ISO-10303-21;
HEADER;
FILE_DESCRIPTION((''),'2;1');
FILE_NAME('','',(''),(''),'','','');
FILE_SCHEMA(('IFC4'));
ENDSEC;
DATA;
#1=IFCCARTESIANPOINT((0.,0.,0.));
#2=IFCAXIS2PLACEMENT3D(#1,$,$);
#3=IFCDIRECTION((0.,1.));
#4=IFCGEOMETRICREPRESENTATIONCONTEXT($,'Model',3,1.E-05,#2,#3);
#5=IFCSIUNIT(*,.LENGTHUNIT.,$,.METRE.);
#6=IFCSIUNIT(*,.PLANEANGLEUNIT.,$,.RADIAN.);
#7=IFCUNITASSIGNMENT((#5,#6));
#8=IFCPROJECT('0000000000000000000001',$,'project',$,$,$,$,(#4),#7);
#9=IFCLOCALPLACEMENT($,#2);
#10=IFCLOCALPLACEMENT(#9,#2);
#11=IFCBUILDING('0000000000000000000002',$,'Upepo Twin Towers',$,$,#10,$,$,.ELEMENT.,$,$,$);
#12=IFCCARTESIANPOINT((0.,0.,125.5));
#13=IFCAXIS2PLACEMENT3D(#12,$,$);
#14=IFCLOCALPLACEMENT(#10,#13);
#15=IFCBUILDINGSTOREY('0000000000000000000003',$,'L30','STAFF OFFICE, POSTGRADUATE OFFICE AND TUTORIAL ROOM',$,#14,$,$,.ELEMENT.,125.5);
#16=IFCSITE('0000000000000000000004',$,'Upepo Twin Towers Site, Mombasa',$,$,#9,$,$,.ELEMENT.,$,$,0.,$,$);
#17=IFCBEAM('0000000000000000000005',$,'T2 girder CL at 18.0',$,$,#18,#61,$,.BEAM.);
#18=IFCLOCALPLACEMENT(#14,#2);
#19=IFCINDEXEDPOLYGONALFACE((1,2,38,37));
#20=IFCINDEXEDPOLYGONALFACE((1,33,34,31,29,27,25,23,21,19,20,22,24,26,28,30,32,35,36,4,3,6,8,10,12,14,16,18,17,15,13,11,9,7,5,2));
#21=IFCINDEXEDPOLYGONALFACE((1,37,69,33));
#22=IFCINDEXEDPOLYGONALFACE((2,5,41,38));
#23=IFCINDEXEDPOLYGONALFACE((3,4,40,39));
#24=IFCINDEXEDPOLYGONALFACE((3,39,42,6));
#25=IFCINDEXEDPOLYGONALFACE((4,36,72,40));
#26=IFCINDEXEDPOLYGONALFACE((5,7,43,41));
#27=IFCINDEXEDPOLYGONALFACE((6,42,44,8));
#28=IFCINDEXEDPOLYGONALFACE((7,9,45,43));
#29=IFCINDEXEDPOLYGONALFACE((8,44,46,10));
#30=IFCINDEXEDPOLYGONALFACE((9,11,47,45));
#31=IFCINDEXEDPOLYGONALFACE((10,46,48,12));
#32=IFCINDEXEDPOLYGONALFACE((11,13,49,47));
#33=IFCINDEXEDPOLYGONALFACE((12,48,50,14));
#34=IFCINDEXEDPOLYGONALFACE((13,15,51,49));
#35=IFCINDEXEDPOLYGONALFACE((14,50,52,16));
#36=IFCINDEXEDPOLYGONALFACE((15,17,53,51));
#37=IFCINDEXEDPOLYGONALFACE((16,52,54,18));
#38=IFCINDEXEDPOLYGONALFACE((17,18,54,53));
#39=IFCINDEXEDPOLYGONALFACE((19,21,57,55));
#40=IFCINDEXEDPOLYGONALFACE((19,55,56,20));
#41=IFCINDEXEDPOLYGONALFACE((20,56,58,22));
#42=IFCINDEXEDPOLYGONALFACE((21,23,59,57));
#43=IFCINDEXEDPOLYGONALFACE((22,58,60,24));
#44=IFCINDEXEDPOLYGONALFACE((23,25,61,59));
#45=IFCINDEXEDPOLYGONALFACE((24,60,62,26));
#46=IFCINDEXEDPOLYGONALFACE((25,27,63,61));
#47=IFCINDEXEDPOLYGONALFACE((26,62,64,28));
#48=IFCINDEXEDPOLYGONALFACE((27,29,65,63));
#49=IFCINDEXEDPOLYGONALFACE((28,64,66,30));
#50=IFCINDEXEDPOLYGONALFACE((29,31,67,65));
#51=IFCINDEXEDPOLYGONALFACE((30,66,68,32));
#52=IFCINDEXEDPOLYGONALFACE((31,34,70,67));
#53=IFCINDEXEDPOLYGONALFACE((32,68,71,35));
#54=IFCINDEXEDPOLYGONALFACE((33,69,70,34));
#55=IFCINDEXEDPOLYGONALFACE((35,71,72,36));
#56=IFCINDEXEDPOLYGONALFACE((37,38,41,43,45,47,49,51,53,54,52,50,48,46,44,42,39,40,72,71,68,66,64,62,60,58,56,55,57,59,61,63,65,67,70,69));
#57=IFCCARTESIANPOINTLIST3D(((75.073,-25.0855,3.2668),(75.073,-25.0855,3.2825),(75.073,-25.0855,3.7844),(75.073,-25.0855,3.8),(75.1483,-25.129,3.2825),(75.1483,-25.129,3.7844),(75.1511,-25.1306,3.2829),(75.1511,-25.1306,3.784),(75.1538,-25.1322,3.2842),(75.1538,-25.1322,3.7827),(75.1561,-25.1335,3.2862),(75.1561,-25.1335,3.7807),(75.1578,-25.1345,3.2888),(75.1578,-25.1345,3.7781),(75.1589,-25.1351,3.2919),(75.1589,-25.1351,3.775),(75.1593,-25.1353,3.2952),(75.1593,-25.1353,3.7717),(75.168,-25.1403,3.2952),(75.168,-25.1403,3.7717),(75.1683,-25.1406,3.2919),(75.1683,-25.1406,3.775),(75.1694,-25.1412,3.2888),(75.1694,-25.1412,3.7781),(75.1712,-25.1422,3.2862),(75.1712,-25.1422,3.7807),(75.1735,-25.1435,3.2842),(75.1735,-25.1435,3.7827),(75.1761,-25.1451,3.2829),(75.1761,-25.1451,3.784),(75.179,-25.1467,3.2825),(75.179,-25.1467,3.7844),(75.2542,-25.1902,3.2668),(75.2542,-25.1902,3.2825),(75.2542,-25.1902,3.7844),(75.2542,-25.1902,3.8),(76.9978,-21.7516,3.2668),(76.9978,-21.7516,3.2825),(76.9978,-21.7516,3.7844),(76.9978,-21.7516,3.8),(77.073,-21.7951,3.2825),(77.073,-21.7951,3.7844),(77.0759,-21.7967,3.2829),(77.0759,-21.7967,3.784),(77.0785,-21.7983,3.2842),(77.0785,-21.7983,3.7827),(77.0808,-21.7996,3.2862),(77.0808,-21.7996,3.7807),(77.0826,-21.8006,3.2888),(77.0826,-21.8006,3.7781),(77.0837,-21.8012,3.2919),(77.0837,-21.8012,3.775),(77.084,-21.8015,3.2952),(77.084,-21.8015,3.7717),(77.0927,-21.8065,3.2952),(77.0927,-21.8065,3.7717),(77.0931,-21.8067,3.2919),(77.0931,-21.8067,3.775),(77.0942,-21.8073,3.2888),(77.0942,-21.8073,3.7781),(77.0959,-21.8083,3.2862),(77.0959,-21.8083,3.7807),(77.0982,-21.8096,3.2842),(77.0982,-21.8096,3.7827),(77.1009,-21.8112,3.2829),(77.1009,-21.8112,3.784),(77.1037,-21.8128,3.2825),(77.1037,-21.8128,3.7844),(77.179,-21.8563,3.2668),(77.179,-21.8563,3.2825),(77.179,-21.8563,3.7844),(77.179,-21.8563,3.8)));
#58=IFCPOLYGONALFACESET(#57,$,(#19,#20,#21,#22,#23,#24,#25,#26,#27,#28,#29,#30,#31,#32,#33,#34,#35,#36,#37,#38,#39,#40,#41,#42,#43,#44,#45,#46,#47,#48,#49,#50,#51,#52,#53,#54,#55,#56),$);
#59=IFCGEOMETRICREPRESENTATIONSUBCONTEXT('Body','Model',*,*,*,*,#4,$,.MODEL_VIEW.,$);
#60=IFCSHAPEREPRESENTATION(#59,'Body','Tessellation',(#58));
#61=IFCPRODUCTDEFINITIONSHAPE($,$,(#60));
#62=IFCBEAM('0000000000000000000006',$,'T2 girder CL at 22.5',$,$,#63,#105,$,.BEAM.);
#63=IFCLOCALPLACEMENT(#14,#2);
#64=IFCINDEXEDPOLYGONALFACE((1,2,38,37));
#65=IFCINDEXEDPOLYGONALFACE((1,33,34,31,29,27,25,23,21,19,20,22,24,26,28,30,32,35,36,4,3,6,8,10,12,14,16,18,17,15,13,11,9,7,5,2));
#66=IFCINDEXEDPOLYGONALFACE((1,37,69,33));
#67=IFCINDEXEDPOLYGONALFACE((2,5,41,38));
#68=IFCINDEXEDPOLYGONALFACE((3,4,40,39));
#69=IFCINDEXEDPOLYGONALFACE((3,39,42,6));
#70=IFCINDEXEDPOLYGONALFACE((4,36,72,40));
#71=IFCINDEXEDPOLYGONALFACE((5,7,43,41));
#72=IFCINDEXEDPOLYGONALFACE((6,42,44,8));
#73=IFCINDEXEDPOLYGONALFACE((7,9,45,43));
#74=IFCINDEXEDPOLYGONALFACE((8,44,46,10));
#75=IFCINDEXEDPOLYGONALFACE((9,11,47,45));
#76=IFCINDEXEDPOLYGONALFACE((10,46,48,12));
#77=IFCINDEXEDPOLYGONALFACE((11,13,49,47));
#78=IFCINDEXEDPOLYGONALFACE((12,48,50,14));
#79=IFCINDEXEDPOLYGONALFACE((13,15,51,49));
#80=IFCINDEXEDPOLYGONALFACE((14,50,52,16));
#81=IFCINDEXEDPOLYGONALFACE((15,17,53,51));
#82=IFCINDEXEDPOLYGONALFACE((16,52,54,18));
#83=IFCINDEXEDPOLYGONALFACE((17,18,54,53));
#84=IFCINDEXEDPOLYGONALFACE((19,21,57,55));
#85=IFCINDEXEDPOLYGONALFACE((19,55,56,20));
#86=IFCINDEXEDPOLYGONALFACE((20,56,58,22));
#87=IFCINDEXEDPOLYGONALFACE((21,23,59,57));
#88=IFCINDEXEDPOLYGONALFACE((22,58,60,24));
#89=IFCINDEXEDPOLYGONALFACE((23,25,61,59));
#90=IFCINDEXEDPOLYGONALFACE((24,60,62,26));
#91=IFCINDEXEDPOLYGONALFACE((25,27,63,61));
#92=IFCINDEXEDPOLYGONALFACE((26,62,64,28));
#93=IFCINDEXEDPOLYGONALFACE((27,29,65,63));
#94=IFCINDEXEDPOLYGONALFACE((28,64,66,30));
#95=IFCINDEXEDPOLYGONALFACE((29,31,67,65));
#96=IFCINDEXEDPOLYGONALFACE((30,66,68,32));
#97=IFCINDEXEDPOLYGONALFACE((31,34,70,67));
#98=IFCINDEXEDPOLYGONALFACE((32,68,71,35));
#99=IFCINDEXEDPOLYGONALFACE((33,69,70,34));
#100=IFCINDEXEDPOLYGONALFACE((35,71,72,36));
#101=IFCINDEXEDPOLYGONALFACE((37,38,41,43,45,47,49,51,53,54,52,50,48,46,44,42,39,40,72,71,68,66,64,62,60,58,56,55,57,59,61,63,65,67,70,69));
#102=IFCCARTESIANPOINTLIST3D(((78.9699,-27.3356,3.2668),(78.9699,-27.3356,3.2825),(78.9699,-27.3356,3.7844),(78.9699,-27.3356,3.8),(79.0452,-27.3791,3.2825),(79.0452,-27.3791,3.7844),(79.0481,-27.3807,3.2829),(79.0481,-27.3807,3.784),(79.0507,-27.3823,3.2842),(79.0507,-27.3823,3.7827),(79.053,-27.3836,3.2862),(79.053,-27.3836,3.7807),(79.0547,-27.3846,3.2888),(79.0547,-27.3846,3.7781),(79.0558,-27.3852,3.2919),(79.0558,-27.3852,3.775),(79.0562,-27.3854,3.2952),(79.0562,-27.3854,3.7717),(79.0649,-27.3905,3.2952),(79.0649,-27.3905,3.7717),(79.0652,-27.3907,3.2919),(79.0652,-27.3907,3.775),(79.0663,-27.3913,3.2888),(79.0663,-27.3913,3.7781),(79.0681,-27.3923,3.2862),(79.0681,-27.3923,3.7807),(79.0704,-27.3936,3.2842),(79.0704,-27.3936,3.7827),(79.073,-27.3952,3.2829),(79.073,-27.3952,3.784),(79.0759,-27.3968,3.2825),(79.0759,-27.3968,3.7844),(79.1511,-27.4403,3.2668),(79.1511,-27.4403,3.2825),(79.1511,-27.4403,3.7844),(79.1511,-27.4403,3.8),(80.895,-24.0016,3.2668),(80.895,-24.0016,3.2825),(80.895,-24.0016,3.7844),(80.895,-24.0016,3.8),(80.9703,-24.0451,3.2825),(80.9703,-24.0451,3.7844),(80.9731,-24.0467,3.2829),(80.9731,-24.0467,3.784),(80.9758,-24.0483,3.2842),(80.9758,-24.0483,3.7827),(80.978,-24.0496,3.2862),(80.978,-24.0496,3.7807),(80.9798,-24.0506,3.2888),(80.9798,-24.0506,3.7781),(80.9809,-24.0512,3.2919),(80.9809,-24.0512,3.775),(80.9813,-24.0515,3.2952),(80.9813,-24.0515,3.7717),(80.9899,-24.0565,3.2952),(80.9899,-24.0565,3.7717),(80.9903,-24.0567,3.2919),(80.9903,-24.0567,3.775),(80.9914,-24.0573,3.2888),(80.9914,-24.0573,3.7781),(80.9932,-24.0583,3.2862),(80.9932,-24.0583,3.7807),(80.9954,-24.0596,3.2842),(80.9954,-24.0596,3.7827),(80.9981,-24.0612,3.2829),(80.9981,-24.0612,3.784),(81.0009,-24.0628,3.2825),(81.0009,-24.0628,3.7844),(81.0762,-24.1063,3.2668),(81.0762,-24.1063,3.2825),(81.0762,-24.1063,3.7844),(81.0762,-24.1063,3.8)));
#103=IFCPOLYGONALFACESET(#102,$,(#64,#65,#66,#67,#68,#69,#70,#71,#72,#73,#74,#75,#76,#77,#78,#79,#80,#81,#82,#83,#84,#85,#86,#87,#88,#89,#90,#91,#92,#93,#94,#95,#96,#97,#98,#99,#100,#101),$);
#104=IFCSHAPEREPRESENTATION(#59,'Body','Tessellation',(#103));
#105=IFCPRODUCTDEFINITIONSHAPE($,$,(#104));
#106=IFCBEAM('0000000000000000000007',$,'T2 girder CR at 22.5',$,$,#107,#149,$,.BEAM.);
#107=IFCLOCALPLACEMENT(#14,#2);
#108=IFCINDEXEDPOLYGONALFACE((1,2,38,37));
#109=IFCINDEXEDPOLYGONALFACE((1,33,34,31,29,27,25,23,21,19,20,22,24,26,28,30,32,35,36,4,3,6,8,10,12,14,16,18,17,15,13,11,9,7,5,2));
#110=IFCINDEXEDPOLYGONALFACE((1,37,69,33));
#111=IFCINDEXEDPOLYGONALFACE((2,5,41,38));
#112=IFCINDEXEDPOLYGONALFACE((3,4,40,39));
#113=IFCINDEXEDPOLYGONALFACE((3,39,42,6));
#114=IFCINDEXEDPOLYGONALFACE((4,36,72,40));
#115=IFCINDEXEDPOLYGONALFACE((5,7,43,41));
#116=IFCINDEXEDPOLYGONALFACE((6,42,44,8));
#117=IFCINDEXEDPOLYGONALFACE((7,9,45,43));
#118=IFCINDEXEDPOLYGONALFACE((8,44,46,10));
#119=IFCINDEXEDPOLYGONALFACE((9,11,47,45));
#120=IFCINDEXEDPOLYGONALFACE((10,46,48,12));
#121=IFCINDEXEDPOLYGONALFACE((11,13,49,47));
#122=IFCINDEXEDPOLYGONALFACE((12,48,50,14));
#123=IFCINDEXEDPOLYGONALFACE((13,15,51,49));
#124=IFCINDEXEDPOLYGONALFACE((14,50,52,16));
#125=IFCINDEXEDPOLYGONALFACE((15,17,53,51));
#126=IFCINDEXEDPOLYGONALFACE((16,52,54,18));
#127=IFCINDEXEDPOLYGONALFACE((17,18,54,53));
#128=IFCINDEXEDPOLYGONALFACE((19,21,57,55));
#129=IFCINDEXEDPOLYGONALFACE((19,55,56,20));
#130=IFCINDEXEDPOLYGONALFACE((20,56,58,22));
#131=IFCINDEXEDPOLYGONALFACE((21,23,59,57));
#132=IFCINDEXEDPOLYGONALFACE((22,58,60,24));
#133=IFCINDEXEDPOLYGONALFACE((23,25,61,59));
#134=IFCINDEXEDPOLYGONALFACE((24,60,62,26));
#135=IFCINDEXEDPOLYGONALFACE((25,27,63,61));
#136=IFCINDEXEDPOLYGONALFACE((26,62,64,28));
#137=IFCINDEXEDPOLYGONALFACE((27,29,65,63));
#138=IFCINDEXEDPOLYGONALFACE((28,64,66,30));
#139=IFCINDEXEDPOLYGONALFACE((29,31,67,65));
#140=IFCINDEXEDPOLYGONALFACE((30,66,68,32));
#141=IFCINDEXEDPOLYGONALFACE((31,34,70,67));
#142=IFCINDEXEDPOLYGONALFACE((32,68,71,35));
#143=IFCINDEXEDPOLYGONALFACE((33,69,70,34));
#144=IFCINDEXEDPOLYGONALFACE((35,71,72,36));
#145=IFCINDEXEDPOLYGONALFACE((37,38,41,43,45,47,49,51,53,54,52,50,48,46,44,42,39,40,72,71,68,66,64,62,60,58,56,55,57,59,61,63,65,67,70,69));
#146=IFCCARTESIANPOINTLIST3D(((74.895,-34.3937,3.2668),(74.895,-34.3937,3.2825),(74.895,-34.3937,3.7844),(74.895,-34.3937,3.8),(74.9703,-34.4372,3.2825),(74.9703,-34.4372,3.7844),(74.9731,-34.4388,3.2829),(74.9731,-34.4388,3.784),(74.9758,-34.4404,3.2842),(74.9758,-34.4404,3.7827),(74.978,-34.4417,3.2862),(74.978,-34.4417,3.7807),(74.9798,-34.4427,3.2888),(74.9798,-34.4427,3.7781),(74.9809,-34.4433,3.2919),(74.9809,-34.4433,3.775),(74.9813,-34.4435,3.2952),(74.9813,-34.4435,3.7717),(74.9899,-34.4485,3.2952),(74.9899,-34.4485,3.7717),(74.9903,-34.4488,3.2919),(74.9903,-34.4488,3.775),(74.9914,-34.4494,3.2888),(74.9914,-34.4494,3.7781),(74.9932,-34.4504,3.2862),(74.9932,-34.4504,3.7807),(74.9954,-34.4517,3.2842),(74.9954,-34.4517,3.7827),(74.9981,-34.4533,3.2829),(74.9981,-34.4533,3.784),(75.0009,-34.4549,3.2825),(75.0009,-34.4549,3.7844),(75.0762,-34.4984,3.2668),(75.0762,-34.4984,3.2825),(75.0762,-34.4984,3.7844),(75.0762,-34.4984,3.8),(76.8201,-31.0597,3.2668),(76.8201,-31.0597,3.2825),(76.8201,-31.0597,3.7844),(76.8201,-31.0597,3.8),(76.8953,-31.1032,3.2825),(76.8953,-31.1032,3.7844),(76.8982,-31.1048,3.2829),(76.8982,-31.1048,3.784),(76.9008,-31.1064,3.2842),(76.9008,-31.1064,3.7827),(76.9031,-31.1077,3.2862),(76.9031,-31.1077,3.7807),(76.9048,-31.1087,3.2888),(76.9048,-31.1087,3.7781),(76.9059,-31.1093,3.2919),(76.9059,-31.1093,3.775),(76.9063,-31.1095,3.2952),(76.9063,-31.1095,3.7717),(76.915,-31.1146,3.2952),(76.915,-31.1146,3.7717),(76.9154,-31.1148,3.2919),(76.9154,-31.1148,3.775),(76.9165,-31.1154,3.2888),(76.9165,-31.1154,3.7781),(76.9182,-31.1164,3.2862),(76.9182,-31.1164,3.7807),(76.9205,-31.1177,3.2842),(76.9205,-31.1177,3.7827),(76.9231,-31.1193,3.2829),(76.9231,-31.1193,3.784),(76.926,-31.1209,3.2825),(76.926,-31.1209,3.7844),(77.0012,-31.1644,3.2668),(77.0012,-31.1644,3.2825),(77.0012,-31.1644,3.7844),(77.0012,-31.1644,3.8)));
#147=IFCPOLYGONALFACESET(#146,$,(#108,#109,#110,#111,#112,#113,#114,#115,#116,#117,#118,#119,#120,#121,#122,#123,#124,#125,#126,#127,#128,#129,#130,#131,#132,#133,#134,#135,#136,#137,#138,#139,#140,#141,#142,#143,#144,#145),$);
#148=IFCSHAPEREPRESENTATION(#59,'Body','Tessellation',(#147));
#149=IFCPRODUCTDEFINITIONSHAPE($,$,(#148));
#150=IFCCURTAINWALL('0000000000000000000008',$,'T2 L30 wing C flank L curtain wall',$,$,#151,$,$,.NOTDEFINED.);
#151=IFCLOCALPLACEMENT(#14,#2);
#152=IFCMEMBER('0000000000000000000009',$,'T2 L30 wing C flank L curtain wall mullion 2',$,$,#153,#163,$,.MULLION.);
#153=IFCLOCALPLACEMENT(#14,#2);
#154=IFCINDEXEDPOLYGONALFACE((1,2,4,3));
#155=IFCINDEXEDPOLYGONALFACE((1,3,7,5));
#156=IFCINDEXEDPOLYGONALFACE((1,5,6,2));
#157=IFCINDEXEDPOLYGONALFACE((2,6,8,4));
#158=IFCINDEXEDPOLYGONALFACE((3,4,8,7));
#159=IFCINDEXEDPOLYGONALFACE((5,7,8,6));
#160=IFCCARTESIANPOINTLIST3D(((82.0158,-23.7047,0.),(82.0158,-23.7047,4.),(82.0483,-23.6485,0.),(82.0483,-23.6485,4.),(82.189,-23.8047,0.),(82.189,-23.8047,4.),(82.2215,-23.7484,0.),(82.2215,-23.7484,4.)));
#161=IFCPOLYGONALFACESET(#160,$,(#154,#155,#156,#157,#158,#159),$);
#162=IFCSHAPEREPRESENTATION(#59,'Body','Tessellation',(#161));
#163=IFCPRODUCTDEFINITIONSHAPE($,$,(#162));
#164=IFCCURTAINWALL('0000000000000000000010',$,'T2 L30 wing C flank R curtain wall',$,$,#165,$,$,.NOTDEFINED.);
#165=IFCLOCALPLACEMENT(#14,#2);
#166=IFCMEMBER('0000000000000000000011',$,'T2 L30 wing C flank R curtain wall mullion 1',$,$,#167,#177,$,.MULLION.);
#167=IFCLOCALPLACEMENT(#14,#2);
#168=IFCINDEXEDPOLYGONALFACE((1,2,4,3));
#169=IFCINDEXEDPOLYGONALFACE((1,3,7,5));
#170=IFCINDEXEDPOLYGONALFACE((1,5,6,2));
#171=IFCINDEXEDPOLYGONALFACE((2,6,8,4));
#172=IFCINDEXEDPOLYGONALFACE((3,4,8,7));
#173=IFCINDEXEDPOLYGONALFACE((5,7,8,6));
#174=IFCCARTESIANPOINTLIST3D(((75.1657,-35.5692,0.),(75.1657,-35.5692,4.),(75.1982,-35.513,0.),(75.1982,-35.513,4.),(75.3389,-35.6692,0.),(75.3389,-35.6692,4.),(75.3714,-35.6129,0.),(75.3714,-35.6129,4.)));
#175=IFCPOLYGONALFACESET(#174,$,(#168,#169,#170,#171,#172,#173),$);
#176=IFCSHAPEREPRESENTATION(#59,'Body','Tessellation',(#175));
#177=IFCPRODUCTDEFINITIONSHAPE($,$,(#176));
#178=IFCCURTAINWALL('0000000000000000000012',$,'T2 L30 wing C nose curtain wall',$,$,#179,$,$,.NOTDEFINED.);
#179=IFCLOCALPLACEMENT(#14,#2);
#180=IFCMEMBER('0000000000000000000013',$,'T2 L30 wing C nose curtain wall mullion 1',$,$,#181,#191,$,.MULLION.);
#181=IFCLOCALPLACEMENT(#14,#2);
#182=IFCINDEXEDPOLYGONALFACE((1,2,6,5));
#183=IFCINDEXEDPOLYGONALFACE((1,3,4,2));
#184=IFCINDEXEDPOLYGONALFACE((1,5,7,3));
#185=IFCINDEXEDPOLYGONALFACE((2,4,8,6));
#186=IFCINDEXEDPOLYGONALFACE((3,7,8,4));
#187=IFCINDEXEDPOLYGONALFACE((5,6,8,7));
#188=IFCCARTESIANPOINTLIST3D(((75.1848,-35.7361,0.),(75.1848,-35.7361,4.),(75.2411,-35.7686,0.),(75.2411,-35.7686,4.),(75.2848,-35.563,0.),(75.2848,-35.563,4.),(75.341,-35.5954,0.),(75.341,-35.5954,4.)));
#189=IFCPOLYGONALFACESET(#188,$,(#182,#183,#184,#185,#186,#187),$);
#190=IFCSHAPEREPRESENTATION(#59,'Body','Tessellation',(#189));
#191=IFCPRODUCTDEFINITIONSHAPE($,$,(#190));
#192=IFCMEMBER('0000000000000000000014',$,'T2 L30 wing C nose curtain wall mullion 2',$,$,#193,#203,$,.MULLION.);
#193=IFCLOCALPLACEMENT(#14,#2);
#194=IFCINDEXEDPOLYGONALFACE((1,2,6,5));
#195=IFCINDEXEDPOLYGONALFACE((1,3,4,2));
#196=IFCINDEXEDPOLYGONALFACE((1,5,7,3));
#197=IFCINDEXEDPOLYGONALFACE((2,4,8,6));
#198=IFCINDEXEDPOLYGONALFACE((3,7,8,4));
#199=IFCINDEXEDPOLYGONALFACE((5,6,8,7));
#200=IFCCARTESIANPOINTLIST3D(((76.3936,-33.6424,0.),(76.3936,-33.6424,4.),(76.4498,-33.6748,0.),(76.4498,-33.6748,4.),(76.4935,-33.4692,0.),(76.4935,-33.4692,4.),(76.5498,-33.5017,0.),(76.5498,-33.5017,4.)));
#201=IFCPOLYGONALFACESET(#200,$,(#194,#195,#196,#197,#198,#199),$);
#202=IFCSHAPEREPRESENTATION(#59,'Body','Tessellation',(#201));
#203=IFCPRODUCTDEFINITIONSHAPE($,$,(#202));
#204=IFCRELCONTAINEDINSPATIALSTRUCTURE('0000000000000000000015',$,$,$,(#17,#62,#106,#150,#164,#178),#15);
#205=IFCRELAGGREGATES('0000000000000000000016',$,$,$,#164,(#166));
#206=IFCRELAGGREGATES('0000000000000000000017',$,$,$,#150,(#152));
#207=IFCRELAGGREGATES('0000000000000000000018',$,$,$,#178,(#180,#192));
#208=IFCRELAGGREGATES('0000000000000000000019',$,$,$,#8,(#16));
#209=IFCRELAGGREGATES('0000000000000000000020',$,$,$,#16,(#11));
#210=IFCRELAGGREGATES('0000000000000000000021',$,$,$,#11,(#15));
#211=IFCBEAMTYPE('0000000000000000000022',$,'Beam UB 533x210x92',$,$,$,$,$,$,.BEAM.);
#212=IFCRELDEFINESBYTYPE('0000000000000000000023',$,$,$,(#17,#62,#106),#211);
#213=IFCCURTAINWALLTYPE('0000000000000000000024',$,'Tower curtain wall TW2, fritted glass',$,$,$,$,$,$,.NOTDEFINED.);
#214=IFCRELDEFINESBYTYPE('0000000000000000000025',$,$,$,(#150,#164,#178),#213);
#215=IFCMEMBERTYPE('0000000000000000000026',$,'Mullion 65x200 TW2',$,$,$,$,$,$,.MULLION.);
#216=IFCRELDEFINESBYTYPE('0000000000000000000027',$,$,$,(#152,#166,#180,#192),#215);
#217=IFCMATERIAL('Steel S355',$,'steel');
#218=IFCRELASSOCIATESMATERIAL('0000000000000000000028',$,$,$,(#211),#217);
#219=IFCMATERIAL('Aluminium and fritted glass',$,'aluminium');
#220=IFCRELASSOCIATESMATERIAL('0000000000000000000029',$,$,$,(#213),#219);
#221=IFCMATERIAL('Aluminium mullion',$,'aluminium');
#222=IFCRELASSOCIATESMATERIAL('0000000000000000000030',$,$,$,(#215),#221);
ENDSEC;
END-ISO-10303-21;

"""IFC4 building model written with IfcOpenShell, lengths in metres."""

from ifc_helpers import new_model, si_unit, direction, frame, origin, origin_2d, place, context, subcontext, project, spatial, rectangle, i_section, extrude, material, material_profile, profile_set, type_object, element, aggregate, save


model = new_model("IFC4")

# Units and contexts
model_context = context("Model", 3, precision=1e-05, world=origin(), true_north=direction((0.0, 1.0)))
body_context = subcontext(model_context, "Body", "Model", "MODEL_VIEW")
ifc_project = project(units=[si_unit("LENGTHUNIT", "METRE"), si_unit("PLANEANGLEUNIT", "RADIAN")], contexts=[model_context])

# Site, building, storey
site_placement = place(None, origin())
site = spatial("IfcSite", under=ifc_project, at=site_placement, Name="Upepo Twin Towers Site, Mombasa", CompositionType="ELEMENT", RefElevation=0.0)
building_placement = place(site_placement, origin())
building = spatial("IfcBuilding", under=site, at=building_placement, Name="Upepo Twin Towers", CompositionType="ELEMENT")
storey_placement = place(building_placement, frame((0.0, 0.0, 125.5)))
storey = spatial("IfcBuildingStorey", under=building, at=storey_placement, Name="L30", Description="STAFF OFFICE, POSTGRADUATE OFFICE AND TUTORIAL ROOM", CompositionType="ELEMENT", Elevation=125.5)

# Beams
ifc_material_1 = material(Name="Steel S355", Category="steel")
ifc_material_profile_1 = material_profile(ifc_material_1, i_section(OverallWidth=0.2092, OverallDepth=0.5332, WebThickness=0.01, FlangeThickness=0.0156, FilletRadius=0.0127, at=origin_2d()), Name="UB 533x210x92")
ifc_profile_set_1 = profile_set([ifc_material_profile_1], Name="Steel S355")
beam_type_1 = type_object("IfcBeamType", Name="Beam UB 533x210x92", PredefinedType="BEAM", material=ifc_profile_set_1)
beam_1_placement = place(storey_placement, frame((77.0884, -21.804, 3.5334), z_axis=(-0.499986, -0.866034, 0.0), x_axis=(0.866034, -0.499986, 0.0)))
element("IfcBeam", 1, at=beam_1_placement, inside=storey, type_object=beam_type_1, Name="T2 girder CL at 18.0", PredefinedType="BEAM", context=body_context, shape_type="SweptSolid", body=[
    extrude(i_section(OverallWidth=0.2092, OverallDepth=0.5332, WebThickness=0.01, FlangeThickness=0.0156, FilletRadius=0.0127, at=origin_2d()), origin(), (0.0, 0.0, 1.0), 3.8496),
])
for number, where, z_axis, x_axis, name in (
    (2, (80.9856, -24.054, 3.5334), (-0.500034, -0.866006, 0.0), (0.866006, -0.500034, 0.0), "T2 girder CL at 22.5"),
    (3, (74.9856, -34.446, 3.5334), (0.500034, 0.866006, 0.0), (-0.866006, 0.500034, 0.0), "T2 girder CR at 22.5"),
):
    element("IfcBeam", number, at=place(storey_placement, frame(where, z_axis=z_axis, x_axis=x_axis)), inside=storey, type_object=beam_type_1, Name=name, PredefinedType="BEAM", context=body_context, shape_type="SweptSolid", body=[
        extrude(i_section(OverallWidth=0.2092, OverallDepth=0.5332, WebThickness=0.01, FlangeThickness=0.0156, FilletRadius=0.0127, at=origin_2d()), origin(), (0.0, 0.0, 1.0), 3.8499),
    ])

# Curtain walls, members
ifc_material_2 = material(Name="Aluminium and fritted glass", Category="aluminium")
curtain_wall_type = type_object("IfcCurtainWallType", Name="Tower curtain wall TW2, fritted glass", PredefinedType="NOTDEFINED", material=ifc_material_2)
curtain_wall_1_placement = place(storey_placement, origin())
curtain_wall_1 = element("IfcCurtainWall", 4, at=curtain_wall_1_placement, inside=storey, type_object=curtain_wall_type, Name="T2 L30 wing C flank L curtain wall", PredefinedType="NOTDEFINED")
ifc_material_3 = material(Name="Aluminium mullion", Category="aluminium")
ifc_material_profile_2 = material_profile(ifc_material_3, rectangle(XDim=0.0649, YDim=0.2, at=origin_2d()), Name="MULLION 65x200")
ifc_profile_set_2 = profile_set([ifc_material_profile_2], Name="Aluminium mullion")
member_type_1 = type_object("IfcMemberType", Name="Mullion 65x200 TW2", PredefinedType="MULLION", material=ifc_profile_set_2)
member_1_placement = place(storey_placement, frame((82.1187, -23.7266, 0.0), z_axis=(0.0, 0.0, 1.0), x_axis=(0.5, 0.866025, 0.0)))
member_1 = element("IfcMember", 5, at=member_1_placement, type_object=member_type_1, Name="T2 L30 wing C flank L curtain wall mullion 2", PredefinedType="MULLION", context=body_context, shape_type="SweptSolid", body=[
    extrude(rectangle(XDim=0.0649, YDim=0.2, at=origin_2d()), origin(), (0.0, 0.0, 1.0), 4.0),
])
curtain_wall_2_placement = place(storey_placement, origin())
curtain_wall_2 = element("IfcCurtainWall", 6, at=curtain_wall_2_placement, inside=storey, type_object=curtain_wall_type, Name="T2 L30 wing C flank R curtain wall", PredefinedType="NOTDEFINED")
member_2_placement = place(storey_placement, frame((75.2686, -35.5911, 0.0), z_axis=(0.0, 0.0, 1.0), x_axis=(-0.5, -0.866025, 0.0)))
member_2 = element("IfcMember", 7, at=member_2_placement, type_object=member_type_1, Name="T2 L30 wing C flank R curtain wall mullion 1", PredefinedType="MULLION", context=body_context, shape_type="SweptSolid", body=[
    extrude(rectangle(XDim=0.0649, YDim=0.2, at=origin_2d()), origin(), (0.0, 0.0, 1.0), 4.0),
])

# Curtain wall, members
curtain_wall_3_placement = place(storey_placement, origin())
curtain_wall_3 = element("IfcCurtainWall", 8, at=curtain_wall_3_placement, inside=storey, type_object=curtain_wall_type, Name="T2 L30 wing C nose curtain wall", PredefinedType="NOTDEFINED")
member_3_placement = place(storey_placement, frame((75.2629, -35.6658, 0.0), z_axis=(0.0, 0.0, 1.0), x_axis=(-0.866025, 0.5, 0.0)))
member_3 = element("IfcMember", 9, at=member_3_placement, type_object=member_type_1, Name="T2 L30 wing C nose curtain wall mullion 1", PredefinedType="MULLION", context=body_context, shape_type="SweptSolid", body=[
    extrude(rectangle(XDim=0.0649, YDim=0.2, at=origin_2d()), origin(), (0.0, 0.0, 1.0), 4.0),
])
member_4_placement = place(storey_placement, frame((76.4717, -33.572, 0.0), z_axis=(0.0, 0.0, 1.0), x_axis=(-0.866025, 0.5, 0.0)))
member_4 = element("IfcMember", 10, at=member_4_placement, type_object=member_type_1, Name="T2 L30 wing C nose curtain wall mullion 2", PredefinedType="MULLION", context=body_context, shape_type="SweptSolid", body=[
    extrude(rectangle(XDim=0.0649, YDim=0.2, at=origin_2d()), origin(), (0.0, 0.0, 1.0), 4.0),
])

aggregate(curtain_wall_2, [member_2])

aggregate(curtain_wall_1, [member_1])
aggregate(curtain_wall_3, [member_3, member_4])

save(model, "model.ifc")
